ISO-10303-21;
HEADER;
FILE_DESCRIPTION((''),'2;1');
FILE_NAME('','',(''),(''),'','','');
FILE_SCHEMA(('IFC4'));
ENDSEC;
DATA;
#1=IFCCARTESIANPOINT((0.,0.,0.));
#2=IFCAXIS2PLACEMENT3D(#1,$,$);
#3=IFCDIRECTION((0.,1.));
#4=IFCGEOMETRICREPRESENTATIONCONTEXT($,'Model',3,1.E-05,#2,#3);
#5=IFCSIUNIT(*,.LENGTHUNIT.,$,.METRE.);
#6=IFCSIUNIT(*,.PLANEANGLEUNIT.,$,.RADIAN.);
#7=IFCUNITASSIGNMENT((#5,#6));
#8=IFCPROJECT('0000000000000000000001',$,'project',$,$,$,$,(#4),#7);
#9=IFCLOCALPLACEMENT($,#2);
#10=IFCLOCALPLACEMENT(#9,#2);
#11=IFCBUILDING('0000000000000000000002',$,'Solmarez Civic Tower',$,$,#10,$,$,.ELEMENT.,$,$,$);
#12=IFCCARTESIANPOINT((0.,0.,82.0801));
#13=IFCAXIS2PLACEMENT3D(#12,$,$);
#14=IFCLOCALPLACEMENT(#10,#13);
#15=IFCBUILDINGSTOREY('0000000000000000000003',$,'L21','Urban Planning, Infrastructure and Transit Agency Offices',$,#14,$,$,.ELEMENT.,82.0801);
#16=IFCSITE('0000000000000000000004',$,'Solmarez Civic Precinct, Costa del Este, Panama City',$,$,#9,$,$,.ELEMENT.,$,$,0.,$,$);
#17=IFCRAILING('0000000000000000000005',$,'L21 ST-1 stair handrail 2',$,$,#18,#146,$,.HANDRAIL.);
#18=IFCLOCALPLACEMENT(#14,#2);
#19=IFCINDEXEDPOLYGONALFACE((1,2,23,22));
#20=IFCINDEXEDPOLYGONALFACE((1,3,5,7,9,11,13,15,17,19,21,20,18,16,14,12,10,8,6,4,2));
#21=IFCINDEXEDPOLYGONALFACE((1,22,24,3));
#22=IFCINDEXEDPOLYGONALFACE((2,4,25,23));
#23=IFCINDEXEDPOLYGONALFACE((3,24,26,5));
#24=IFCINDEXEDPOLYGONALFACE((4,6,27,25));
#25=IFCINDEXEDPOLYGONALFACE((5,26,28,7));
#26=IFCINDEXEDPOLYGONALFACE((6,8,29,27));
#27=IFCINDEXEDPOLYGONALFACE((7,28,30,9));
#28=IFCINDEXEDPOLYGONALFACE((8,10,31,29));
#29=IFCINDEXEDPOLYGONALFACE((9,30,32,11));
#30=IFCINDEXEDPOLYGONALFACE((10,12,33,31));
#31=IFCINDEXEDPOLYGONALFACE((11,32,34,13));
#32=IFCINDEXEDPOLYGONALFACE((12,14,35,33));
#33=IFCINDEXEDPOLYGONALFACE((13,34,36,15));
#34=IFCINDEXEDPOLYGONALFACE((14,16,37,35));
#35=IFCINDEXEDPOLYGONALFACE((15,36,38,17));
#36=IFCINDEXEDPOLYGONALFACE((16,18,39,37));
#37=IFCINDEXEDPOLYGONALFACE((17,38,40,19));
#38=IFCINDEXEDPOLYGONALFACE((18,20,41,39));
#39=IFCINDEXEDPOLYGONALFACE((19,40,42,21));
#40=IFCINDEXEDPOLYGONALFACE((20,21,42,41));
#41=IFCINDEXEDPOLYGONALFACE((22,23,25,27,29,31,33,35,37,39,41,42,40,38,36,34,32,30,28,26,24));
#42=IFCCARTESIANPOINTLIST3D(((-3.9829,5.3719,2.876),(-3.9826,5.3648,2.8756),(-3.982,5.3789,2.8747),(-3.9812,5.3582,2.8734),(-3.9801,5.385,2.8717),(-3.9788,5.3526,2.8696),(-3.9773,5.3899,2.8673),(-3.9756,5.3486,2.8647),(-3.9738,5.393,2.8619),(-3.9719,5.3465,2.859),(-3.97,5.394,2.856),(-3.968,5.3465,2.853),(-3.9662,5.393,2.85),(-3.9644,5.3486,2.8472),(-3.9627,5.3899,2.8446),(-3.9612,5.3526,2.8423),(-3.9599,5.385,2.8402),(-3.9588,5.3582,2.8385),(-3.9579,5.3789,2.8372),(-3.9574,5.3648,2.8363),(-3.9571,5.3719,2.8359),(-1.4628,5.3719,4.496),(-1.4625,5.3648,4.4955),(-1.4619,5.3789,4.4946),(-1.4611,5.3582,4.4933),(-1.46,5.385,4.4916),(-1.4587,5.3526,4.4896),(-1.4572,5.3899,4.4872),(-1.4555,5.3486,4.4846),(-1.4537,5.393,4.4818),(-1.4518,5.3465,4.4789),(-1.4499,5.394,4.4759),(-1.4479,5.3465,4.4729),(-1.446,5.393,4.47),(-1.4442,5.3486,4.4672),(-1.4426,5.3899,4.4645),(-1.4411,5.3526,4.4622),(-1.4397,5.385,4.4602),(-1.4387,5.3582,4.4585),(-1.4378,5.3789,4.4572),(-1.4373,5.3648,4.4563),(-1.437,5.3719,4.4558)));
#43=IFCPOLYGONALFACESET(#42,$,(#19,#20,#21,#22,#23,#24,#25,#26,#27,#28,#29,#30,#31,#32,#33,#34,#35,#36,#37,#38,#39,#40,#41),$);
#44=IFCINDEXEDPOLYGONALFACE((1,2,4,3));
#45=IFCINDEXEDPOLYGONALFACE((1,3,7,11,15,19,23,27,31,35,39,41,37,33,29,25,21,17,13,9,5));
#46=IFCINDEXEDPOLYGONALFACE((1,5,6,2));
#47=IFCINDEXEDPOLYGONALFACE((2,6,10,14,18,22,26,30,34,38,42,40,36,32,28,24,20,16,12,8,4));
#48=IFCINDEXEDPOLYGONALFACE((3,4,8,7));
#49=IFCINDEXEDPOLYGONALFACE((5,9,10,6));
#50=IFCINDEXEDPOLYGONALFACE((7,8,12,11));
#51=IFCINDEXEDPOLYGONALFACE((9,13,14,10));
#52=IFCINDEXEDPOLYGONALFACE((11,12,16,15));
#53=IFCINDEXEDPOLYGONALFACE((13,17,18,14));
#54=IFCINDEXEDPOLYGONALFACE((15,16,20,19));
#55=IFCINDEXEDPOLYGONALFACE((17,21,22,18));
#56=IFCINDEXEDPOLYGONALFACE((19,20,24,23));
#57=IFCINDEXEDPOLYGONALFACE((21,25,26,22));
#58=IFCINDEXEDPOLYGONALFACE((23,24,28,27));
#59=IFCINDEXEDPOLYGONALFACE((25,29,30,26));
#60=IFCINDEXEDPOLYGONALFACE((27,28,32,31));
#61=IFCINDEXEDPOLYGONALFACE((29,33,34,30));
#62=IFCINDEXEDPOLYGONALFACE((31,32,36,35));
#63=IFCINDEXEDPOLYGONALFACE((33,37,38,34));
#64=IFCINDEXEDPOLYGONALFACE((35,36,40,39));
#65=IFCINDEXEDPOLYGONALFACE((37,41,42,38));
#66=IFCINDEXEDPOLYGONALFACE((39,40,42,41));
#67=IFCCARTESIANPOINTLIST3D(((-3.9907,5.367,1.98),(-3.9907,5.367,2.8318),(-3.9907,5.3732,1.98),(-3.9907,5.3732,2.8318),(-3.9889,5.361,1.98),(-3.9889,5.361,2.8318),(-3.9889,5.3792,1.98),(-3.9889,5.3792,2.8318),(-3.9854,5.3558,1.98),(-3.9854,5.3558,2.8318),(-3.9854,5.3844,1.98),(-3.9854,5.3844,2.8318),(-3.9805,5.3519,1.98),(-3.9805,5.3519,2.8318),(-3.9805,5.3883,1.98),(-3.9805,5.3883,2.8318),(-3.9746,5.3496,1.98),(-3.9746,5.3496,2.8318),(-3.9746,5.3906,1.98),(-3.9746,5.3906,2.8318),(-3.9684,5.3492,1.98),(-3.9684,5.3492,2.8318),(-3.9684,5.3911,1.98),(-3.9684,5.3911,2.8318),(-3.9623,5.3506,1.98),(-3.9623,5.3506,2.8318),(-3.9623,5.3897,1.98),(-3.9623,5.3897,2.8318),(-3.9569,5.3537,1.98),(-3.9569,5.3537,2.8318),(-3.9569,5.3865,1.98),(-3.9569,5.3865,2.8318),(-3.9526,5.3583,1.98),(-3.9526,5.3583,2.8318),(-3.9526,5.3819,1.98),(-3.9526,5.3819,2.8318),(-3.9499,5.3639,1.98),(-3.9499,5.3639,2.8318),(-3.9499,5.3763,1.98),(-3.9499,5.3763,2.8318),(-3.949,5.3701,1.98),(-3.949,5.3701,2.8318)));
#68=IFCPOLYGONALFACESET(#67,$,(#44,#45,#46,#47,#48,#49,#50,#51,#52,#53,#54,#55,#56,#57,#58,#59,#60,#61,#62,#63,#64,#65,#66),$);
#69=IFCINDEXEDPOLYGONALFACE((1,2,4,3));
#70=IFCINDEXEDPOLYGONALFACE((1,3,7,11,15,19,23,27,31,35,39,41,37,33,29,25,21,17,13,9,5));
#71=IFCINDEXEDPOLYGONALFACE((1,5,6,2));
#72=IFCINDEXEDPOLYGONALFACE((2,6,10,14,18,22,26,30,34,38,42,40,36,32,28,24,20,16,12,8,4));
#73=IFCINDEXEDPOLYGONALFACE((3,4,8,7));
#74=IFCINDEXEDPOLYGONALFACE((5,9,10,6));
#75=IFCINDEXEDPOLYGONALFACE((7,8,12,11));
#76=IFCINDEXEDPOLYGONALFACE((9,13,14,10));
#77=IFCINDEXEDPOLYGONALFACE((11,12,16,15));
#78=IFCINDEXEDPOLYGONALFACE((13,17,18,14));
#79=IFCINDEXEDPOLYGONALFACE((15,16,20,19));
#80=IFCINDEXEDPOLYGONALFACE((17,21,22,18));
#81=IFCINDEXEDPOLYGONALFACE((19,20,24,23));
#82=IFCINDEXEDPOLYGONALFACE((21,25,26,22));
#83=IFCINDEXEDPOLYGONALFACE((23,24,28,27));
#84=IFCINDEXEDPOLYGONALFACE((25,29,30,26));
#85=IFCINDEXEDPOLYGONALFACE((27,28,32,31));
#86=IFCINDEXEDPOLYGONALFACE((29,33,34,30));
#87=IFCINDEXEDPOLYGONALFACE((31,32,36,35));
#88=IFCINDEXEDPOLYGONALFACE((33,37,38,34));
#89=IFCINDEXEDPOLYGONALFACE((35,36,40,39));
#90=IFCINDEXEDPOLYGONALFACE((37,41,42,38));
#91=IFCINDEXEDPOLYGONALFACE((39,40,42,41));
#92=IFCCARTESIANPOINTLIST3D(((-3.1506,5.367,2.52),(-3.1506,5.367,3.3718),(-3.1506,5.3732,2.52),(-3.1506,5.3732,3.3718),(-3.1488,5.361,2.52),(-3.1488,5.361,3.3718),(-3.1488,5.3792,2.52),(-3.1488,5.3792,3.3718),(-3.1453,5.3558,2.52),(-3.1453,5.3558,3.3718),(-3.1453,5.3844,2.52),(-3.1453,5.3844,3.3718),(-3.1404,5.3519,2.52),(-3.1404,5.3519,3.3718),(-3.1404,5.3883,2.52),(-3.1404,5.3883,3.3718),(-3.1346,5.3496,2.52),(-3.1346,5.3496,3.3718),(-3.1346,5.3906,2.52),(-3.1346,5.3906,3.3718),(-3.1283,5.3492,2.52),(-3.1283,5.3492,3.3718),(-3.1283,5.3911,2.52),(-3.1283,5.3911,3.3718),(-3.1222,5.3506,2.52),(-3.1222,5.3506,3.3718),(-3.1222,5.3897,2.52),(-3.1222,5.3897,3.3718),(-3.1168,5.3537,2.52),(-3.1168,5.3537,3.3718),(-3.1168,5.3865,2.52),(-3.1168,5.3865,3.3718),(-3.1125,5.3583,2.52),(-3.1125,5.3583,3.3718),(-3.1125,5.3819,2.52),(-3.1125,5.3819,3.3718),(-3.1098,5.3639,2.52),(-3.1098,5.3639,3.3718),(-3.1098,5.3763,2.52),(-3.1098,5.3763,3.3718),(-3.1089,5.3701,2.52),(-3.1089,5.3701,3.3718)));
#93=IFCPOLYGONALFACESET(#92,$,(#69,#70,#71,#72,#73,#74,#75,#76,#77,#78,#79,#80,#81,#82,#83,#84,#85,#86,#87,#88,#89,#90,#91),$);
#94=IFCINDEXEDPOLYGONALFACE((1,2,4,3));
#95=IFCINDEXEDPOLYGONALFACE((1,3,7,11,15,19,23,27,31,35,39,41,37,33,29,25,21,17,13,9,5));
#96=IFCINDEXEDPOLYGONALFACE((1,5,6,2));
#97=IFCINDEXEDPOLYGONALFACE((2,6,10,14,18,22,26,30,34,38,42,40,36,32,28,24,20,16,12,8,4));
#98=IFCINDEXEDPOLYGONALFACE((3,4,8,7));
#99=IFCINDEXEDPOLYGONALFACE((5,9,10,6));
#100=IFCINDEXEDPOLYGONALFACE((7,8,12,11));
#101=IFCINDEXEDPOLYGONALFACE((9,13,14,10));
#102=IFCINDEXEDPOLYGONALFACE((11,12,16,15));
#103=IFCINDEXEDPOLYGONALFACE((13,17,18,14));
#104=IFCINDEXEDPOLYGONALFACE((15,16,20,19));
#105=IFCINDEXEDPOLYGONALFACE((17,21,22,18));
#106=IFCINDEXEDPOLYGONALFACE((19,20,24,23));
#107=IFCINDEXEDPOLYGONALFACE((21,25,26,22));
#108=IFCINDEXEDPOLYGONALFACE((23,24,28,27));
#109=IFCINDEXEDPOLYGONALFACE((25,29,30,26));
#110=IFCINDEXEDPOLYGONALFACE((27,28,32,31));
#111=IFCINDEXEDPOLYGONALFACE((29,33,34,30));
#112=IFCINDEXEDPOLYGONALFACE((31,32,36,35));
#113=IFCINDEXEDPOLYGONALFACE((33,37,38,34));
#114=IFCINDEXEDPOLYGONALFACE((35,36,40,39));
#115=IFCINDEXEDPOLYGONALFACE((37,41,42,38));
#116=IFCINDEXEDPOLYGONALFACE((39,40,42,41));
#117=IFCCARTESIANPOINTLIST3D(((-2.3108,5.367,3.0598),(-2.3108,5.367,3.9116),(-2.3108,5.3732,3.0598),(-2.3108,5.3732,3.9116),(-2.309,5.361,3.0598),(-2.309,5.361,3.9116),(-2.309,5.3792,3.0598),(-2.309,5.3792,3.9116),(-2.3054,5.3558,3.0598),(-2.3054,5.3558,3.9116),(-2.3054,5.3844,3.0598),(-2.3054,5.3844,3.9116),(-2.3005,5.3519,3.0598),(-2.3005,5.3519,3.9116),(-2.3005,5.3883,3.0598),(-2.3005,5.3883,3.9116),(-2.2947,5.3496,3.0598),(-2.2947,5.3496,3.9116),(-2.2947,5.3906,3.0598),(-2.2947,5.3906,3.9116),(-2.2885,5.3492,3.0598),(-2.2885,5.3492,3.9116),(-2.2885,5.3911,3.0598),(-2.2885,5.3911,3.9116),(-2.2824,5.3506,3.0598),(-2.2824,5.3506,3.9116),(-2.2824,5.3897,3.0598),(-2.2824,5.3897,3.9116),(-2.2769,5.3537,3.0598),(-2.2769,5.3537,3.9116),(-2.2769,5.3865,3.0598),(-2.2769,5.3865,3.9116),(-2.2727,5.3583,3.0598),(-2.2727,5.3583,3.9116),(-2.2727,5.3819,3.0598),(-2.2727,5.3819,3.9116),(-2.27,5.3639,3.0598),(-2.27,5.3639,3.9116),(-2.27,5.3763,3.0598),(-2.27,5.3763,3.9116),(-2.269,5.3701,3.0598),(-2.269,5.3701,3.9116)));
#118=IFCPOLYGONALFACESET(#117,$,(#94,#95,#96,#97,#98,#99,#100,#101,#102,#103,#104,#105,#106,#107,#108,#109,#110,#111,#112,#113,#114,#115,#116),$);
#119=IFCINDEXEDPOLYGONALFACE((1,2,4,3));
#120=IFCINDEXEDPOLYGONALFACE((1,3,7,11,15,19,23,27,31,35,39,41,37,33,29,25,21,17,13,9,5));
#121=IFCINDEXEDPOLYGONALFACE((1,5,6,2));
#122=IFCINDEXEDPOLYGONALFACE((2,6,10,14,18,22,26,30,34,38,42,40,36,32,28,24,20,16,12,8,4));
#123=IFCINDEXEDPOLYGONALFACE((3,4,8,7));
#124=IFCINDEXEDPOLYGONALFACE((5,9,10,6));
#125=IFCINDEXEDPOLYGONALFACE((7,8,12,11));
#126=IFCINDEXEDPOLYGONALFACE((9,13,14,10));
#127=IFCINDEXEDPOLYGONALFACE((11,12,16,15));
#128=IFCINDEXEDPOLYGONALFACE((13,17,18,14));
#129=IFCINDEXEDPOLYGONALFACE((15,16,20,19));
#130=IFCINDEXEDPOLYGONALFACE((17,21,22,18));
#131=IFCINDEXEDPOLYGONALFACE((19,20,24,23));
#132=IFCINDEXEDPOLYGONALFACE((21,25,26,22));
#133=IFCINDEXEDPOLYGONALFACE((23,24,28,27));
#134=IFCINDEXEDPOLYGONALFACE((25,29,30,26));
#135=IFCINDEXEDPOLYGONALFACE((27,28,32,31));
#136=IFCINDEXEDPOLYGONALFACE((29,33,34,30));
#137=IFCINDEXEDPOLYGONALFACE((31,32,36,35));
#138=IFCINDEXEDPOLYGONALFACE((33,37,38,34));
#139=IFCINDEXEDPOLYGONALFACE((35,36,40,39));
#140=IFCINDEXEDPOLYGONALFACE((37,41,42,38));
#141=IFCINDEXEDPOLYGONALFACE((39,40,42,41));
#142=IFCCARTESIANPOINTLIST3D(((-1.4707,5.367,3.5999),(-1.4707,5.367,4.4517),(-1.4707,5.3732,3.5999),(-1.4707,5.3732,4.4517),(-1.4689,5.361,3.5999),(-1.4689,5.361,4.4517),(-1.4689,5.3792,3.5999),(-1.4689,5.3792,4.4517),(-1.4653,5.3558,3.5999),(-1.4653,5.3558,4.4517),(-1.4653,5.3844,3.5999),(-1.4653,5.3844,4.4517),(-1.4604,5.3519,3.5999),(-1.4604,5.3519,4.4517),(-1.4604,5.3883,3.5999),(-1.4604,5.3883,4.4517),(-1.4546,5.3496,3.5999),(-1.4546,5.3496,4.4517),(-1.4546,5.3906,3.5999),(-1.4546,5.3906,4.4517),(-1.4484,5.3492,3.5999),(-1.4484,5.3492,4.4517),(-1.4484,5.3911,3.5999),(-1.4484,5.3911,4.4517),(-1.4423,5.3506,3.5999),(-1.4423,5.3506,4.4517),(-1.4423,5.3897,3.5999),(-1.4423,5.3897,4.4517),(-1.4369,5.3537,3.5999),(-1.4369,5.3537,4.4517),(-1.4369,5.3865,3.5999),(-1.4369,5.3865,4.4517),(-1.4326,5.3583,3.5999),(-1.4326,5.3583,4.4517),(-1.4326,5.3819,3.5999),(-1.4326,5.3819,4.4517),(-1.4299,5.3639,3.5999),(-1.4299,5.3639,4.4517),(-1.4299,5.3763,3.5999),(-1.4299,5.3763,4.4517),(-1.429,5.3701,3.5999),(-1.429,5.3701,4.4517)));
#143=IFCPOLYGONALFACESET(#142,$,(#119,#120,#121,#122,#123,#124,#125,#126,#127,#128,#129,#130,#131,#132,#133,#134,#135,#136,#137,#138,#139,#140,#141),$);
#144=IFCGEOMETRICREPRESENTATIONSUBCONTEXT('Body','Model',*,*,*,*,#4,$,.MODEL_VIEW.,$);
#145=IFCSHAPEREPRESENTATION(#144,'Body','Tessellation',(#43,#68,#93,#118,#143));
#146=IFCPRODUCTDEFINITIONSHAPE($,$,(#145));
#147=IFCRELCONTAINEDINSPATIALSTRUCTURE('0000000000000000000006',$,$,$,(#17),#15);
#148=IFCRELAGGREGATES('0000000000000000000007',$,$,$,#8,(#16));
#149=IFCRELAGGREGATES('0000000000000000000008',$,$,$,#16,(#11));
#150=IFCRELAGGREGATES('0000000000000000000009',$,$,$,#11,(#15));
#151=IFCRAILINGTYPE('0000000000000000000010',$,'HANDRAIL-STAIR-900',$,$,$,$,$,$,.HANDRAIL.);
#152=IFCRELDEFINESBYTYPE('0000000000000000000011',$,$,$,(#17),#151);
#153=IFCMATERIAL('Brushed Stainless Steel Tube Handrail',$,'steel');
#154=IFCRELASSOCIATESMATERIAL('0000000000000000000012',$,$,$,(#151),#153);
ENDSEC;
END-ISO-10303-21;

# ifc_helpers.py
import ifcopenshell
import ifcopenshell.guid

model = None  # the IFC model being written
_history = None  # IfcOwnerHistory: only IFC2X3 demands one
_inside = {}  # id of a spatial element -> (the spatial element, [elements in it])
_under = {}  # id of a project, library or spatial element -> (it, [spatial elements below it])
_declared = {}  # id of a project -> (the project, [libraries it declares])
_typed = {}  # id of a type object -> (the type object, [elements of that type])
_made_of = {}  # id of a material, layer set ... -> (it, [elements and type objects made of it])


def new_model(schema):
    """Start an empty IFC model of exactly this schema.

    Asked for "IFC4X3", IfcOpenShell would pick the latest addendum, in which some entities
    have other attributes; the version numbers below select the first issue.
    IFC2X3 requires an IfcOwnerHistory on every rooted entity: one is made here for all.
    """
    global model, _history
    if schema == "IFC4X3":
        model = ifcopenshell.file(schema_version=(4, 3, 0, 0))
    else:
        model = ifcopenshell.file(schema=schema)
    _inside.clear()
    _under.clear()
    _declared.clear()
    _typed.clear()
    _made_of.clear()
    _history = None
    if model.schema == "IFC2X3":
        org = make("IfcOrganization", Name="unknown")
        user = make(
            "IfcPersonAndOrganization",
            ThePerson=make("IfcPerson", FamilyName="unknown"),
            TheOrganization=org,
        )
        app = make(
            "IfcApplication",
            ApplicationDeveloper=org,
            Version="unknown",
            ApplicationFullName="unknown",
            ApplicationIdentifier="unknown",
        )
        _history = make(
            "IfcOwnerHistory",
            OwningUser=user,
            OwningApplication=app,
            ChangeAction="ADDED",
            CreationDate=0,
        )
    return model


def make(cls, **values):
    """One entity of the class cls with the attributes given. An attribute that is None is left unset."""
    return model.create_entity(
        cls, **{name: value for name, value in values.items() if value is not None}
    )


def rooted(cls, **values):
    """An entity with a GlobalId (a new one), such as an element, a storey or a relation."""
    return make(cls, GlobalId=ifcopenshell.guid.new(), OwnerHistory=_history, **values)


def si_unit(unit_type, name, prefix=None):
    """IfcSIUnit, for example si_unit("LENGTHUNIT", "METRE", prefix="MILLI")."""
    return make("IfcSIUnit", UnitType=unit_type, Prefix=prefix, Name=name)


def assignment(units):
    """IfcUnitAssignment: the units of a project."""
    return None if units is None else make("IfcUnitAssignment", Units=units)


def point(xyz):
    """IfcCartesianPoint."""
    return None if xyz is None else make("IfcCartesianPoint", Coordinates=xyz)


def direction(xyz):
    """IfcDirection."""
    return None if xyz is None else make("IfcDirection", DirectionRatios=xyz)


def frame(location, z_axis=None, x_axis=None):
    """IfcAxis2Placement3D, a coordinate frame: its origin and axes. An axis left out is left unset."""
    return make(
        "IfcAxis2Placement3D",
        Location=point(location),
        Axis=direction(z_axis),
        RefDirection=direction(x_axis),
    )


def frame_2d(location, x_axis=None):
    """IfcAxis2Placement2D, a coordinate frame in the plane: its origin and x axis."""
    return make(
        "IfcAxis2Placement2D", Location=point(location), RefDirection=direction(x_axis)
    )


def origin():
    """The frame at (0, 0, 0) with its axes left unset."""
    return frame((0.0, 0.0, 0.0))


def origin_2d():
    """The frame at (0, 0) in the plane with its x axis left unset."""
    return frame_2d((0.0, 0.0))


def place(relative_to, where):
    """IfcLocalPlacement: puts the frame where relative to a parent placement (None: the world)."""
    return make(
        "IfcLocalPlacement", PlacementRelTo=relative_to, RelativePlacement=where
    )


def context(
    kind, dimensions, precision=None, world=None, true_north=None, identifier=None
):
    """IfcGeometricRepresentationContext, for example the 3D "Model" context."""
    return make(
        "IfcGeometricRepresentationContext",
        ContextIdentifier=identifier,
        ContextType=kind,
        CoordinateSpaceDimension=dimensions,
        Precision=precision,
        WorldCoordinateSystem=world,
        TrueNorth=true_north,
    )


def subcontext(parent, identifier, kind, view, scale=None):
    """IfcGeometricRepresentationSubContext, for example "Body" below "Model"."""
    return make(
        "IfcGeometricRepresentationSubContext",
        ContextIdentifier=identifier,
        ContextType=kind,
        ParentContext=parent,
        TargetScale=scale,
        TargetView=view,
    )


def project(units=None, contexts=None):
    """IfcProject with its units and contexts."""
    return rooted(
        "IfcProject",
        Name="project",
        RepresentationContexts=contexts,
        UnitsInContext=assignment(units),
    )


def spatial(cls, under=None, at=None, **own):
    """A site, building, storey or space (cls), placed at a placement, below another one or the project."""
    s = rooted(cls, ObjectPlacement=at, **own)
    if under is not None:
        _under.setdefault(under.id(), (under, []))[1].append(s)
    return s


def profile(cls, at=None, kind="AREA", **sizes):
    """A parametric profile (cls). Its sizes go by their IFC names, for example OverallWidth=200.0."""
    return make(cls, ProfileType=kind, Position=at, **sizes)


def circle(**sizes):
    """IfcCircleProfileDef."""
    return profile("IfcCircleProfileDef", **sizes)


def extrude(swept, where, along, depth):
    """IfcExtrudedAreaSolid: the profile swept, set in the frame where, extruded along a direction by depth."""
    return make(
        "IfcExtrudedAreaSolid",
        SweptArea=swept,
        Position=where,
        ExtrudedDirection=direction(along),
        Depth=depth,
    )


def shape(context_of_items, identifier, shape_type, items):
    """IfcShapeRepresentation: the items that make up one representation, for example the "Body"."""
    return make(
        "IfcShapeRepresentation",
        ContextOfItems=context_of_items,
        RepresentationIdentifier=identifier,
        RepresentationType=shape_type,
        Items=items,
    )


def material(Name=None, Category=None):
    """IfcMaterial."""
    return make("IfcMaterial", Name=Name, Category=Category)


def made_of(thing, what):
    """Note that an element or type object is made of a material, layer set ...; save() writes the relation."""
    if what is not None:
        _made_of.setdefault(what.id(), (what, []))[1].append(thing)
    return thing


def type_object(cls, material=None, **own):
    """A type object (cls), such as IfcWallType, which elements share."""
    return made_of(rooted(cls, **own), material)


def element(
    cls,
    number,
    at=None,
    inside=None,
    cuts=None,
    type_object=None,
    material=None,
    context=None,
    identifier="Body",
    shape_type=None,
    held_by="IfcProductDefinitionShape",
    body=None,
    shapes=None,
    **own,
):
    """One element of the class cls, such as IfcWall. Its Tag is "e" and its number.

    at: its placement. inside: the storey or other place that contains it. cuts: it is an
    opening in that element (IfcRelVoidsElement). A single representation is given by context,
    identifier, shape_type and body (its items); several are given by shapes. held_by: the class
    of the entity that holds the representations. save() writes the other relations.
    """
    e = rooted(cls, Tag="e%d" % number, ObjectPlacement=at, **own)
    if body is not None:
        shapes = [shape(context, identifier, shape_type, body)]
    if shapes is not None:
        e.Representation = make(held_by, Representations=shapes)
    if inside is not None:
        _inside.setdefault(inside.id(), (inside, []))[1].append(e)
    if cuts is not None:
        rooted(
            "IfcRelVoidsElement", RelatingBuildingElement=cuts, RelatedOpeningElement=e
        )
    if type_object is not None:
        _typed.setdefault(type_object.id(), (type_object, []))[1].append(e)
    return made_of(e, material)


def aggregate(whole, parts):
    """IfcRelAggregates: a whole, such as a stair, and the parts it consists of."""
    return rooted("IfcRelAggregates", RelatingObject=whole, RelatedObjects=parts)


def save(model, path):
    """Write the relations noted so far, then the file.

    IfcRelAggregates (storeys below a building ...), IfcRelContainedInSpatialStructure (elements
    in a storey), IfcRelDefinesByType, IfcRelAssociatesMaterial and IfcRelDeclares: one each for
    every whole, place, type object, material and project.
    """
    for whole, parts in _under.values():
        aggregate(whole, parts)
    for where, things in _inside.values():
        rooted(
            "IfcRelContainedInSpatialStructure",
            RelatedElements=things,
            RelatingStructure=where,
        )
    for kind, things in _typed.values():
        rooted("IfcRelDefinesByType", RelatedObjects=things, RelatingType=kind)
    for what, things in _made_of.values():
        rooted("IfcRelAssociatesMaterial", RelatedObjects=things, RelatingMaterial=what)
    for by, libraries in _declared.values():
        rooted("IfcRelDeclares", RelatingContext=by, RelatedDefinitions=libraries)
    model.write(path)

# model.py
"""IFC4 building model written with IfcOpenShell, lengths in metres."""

from ifc_helpers import new_model, si_unit, direction, frame, origin, origin_2d, place, context, subcontext, project, spatial, circle, extrude, material, type_object, element, save


model = new_model("IFC4")

# Units and contexts
model_context = context("Model", 3, precision=1e-05, world=origin(), true_north=direction((0.0, 1.0)))
body_context = subcontext(model_context, "Body", "Model", "MODEL_VIEW")
ifc_project = project(units=[si_unit("LENGTHUNIT", "METRE"), si_unit("PLANEANGLEUNIT", "RADIAN")], contexts=[model_context])

# Site, building, storey
site_placement = place(None, origin())
site = spatial("IfcSite", under=ifc_project, at=site_placement, Name="Solmarez Civic Precinct, Costa del Este, Panama City", CompositionType="ELEMENT", RefElevation=0.0)
building_placement = place(site_placement, origin())
building = spatial("IfcBuilding", under=site, at=building_placement, Name="Solmarez Civic Tower", CompositionType="ELEMENT")
storey_placement = place(building_placement, frame((0.0, 0.0, 82.0801)))
storey = spatial("IfcBuildingStorey", under=building, at=storey_placement, Name="L21", Description="Urban Planning, Infrastructure and Transit Agency Offices", CompositionType="ELEMENT", Elevation=82.0801)

# Railing
ifc_material_1 = material(Name="Brushed Stainless Steel Tube Handrail", Category="steel")
railing_type_1 = type_object("IfcRailingType", Name="HANDRAIL-STAIR-900", PredefinedType="HANDRAIL", material=ifc_material_1)
railing_1_placement = place(storey_placement, frame((-3.97, 5.3701, 1.98)))
element("IfcRailing", 1, at=railing_1_placement, inside=storey, type_object=railing_type_1, Name="L21 ST-1 stair handrail 2", PredefinedType="HANDRAIL", context=body_context, shape_type="SweptSolid", body=[
    extrude(circle(Radius=0.0239, at=origin_2d()), frame((0.0, 0.0, 0.876), z_axis=(0.8412, 0.0, 0.540725), x_axis=(0.0, 1.0, 0.0)), (0.0, 0.0, 1.0), 2.9958),
    extrude(circle(Radius=0.021, at=origin_2d()), origin(), (0.0, 0.0, 1.0), 0.8518),
    extrude(circle(Radius=0.021, at=origin_2d()), frame((0.8401, 0.0, 0.54)), (0.0, 0.0, 1.0), 0.8518),
    extrude(circle(Radius=0.021, at=origin_2d()), frame((1.6799, 0.0, 1.0798)), (0.0, 0.0, 1.0), 0.8518),
    extrude(circle(Radius=0.021, at=origin_2d()), frame((2.52, 0.0, 1.6199)), (0.0, 0.0, 1.0), 0.8518),
])

save(model, "model.ifc")
